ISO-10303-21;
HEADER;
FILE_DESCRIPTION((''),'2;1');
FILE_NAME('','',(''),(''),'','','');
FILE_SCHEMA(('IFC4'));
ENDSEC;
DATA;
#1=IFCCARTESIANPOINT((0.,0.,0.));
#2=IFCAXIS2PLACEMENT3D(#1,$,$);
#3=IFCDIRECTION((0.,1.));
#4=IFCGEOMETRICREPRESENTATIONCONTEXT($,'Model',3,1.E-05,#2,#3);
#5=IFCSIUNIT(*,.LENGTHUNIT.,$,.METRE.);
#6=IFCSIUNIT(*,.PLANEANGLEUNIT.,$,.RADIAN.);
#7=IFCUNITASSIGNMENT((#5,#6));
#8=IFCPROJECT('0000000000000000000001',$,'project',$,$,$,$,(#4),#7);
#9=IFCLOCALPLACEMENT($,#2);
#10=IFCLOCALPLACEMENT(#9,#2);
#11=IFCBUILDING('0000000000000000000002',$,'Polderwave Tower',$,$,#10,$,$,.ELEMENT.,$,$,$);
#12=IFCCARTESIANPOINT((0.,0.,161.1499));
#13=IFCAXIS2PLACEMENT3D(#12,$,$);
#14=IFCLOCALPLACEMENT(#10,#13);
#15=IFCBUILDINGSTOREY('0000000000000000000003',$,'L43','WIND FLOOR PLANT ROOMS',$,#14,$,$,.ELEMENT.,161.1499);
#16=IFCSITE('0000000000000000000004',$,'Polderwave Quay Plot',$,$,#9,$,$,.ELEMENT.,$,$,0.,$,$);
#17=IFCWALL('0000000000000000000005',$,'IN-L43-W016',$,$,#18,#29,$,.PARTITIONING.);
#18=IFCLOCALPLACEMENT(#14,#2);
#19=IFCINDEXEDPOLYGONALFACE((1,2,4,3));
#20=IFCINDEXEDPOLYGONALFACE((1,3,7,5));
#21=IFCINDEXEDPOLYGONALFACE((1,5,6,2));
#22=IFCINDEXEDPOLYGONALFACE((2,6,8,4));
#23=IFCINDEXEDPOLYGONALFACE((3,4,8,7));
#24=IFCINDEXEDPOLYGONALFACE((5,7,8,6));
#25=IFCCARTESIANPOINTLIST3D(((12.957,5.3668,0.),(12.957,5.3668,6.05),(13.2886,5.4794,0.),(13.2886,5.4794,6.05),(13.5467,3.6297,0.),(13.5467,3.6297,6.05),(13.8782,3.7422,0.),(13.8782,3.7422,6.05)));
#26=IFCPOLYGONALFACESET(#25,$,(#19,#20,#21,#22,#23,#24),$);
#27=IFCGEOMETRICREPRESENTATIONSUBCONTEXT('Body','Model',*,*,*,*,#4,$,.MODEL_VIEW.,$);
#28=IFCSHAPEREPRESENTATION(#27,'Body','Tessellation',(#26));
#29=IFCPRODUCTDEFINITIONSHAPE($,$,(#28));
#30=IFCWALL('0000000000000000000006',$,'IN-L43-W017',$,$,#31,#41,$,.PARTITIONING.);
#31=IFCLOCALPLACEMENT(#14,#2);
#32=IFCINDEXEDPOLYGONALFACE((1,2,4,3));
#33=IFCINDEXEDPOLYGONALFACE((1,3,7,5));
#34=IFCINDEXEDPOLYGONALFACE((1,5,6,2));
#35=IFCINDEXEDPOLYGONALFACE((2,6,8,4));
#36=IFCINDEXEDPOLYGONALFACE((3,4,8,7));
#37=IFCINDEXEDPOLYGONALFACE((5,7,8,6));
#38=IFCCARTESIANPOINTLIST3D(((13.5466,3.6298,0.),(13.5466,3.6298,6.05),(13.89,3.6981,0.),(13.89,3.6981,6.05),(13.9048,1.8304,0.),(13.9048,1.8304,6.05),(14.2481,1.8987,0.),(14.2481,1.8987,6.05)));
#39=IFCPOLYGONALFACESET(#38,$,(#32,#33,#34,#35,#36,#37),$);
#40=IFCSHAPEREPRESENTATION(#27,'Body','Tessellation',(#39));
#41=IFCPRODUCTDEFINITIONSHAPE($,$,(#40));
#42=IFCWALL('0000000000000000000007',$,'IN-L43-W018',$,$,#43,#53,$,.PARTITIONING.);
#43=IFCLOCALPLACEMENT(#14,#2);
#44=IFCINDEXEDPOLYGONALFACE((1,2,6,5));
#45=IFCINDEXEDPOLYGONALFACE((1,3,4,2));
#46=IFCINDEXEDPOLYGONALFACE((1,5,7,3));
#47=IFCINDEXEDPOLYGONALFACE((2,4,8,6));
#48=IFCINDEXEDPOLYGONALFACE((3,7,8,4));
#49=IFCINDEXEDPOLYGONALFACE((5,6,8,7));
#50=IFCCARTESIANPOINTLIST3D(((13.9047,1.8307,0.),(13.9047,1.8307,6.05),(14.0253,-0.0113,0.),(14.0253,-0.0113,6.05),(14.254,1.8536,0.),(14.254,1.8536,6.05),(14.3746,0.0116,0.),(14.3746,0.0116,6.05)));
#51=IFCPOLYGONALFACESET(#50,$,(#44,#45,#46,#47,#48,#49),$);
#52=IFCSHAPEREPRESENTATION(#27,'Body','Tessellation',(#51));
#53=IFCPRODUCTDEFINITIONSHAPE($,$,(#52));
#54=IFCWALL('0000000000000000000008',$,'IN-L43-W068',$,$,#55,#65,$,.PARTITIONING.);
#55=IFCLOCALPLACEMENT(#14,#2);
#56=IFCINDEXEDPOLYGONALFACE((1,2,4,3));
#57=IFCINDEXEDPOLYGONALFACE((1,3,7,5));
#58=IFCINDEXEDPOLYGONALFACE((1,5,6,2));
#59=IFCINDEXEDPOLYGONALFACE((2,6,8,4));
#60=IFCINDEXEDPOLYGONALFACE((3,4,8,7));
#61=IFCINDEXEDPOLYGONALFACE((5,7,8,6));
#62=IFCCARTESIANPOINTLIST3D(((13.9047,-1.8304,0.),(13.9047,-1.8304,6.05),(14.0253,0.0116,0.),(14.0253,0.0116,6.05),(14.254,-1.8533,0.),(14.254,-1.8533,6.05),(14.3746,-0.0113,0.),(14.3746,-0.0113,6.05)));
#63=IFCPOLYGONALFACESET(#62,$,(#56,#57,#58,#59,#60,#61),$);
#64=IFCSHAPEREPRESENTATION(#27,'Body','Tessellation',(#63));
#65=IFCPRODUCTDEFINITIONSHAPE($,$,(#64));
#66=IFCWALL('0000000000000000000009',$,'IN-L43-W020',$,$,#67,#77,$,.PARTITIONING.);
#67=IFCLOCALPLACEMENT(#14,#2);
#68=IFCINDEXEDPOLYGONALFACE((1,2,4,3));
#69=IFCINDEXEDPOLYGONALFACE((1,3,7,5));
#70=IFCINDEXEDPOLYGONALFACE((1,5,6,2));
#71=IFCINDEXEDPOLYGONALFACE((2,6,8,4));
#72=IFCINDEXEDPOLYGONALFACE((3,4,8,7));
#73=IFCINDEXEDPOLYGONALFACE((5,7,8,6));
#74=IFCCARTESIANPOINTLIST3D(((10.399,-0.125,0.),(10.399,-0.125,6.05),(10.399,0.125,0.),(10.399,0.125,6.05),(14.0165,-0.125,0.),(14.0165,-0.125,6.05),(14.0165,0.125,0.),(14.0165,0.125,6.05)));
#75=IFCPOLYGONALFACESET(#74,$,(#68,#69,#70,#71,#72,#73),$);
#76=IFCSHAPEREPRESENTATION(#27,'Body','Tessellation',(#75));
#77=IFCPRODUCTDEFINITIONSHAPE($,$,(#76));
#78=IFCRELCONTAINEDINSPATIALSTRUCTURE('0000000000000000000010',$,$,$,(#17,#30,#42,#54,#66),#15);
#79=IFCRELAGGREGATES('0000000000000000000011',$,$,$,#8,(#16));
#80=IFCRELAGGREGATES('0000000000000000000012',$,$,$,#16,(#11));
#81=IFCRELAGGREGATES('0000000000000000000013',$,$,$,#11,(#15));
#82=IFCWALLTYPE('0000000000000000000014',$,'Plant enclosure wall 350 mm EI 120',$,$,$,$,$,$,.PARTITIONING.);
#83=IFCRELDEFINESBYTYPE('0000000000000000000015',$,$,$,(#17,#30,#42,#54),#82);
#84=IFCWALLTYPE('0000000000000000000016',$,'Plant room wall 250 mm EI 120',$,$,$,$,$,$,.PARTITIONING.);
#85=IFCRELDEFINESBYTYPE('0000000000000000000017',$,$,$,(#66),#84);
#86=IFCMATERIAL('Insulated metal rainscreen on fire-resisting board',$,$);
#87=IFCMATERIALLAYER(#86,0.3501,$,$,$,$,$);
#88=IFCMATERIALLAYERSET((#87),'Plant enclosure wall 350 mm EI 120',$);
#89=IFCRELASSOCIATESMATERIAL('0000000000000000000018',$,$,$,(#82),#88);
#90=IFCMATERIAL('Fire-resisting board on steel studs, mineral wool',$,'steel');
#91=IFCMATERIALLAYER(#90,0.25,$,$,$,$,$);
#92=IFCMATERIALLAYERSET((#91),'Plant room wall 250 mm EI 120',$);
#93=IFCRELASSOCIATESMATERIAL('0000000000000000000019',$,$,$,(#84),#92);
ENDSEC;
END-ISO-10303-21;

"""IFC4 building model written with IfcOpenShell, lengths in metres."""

from ifc_helpers import new_model, si_unit, direction, frame, frame_2d, origin, place, context, subcontext, project, spatial, rectangle, extrude, material, layer, layer_set, type_object, element, save


model = new_model("IFC4")

# Units and contexts
model_context = context("Model", 3, precision=1e-05, world=origin(), true_north=direction((0.0, 1.0)))
body_context = subcontext(model_context, "Body", "Model", "MODEL_VIEW")
ifc_project = project(units=[si_unit("LENGTHUNIT", "METRE"), si_unit("PLANEANGLEUNIT", "RADIAN")], contexts=[model_context])

# Site, building, storey
site_placement = place(None, origin())
site = spatial("IfcSite", under=ifc_project, at=site_placement, Name="Polderwave Quay Plot", CompositionType="ELEMENT", RefElevation=0.0)
building_placement = place(site_placement, origin())
building = spatial("IfcBuilding", under=site, at=building_placement, Name="Polderwave Tower", CompositionType="ELEMENT")
storey_placement = place(building_placement, frame((0.0, 0.0, 161.1499)))
storey = spatial("IfcBuildingStorey", under=building, at=storey_placement, Name="L43", Description="WIND FLOOR PLANT ROOMS", CompositionType="ELEMENT", Elevation=161.1499)

# Walls
ifc_material_1 = material(Name="Insulated metal rainscreen on fire-resisting board")
ifc_layer_1 = layer(ifc_material_1, 0.3501)
ifc_layer_set_1 = layer_set([ifc_layer_1], Name="Plant enclosure wall 350 mm EI 120")
wall_type_1 = type_object("IfcWallType", Name="Plant enclosure wall 350 mm EI 120", PredefinedType="PARTITIONING", material=ifc_layer_set_1)
for number, where, z_axis, x_axis, name in (
    (1, (13.1228, 5.4231, 0.0), (0.0, 0.0, 1.0), (0.321414, -0.946939, 0.0), "IN-L43-W016"),
):
    element("IfcWall", number, at=place(storey_placement, frame(where, z_axis=z_axis, x_axis=x_axis)), inside=storey, type_object=wall_type_1, Name=name, PredefinedType="PARTITIONING", context=body_context, shape_type="SweptSolid", body=[
        extrude(rectangle(XDim=1.8345, YDim=0.3501, at=frame_2d((0.9172, 0.0))), origin(), (0.0, 0.0, 1.0), 6.05),
    ])
wall_1_placement = place(storey_placement, frame((13.7183, 3.6641, 0.0), z_axis=(0.0, 0.0, 1.0), x_axis=(0.19522, -0.980759, 0.0)))
element("IfcWall", 2, at=wall_1_placement, inside=storey, type_object=wall_type_1, Name="IN-L43-W017", PredefinedType="PARTITIONING", context=body_context, shape_type="SweptSolid", body=[
    extrude(rectangle(XDim=1.8347, YDim=0.3501, at=frame_2d((0.9175, 0.0))), origin(), (0.0, 0.0, 1.0), 6.05),
])
for number, where, z_axis, x_axis, name in (
    (3, (14.0793, 1.842, 0.0), (0.0, 0.0, 1.0), (0.065334, -0.997863, 0.0), "IN-L43-W018"),
    (4, (14.2, 0.0, 0.0), (0.0, 0.0, 1.0), (-0.065334, -0.997863, 0.0), "IN-L43-W068"),
):
    element("IfcWall", number, at=place(storey_placement, frame(where, z_axis=z_axis, x_axis=x_axis)), inside=storey, type_object=wall_type_1, Name=name, PredefinedType="PARTITIONING", context=body_context, shape_type="SweptSolid", body=[
        extrude(rectangle(XDim=1.8459, YDim=0.3501, at=frame_2d((0.9229, 0.0))), origin(), (0.0, 0.0, 1.0), 6.05),
    ])
ifc_material_2 = material(Name="Fire-resisting board on steel studs, mineral wool", Category="steel")
ifc_layer_2 = layer(ifc_material_2, 0.25)
ifc_layer_set_2 = layer_set([ifc_layer_2], Name="Plant room wall 250 mm EI 120")
wall_type_2 = type_object("IfcWallType", Name="Plant room wall 250 mm EI 120", PredefinedType="PARTITIONING", material=ifc_layer_set_2)
wall_2_placement = place(storey_placement, frame((14.0164, 0.0, 0.0), z_axis=(0.0, 0.0, 1.0), x_axis=(-1.0, 0.0, 0.0)))
element("IfcWall", 5, at=wall_2_placement, inside=storey, type_object=wall_type_2, Name="IN-L43-W020", PredefinedType="PARTITIONING", context=body_context, shape_type="SweptSolid", body=[
    extrude(rectangle(XDim=3.6174, YDim=0.25, at=frame_2d((1.8086, 0.0))), origin(), (0.0, 0.0, 1.0), 6.05),
])

save(model, "model.ifc")
